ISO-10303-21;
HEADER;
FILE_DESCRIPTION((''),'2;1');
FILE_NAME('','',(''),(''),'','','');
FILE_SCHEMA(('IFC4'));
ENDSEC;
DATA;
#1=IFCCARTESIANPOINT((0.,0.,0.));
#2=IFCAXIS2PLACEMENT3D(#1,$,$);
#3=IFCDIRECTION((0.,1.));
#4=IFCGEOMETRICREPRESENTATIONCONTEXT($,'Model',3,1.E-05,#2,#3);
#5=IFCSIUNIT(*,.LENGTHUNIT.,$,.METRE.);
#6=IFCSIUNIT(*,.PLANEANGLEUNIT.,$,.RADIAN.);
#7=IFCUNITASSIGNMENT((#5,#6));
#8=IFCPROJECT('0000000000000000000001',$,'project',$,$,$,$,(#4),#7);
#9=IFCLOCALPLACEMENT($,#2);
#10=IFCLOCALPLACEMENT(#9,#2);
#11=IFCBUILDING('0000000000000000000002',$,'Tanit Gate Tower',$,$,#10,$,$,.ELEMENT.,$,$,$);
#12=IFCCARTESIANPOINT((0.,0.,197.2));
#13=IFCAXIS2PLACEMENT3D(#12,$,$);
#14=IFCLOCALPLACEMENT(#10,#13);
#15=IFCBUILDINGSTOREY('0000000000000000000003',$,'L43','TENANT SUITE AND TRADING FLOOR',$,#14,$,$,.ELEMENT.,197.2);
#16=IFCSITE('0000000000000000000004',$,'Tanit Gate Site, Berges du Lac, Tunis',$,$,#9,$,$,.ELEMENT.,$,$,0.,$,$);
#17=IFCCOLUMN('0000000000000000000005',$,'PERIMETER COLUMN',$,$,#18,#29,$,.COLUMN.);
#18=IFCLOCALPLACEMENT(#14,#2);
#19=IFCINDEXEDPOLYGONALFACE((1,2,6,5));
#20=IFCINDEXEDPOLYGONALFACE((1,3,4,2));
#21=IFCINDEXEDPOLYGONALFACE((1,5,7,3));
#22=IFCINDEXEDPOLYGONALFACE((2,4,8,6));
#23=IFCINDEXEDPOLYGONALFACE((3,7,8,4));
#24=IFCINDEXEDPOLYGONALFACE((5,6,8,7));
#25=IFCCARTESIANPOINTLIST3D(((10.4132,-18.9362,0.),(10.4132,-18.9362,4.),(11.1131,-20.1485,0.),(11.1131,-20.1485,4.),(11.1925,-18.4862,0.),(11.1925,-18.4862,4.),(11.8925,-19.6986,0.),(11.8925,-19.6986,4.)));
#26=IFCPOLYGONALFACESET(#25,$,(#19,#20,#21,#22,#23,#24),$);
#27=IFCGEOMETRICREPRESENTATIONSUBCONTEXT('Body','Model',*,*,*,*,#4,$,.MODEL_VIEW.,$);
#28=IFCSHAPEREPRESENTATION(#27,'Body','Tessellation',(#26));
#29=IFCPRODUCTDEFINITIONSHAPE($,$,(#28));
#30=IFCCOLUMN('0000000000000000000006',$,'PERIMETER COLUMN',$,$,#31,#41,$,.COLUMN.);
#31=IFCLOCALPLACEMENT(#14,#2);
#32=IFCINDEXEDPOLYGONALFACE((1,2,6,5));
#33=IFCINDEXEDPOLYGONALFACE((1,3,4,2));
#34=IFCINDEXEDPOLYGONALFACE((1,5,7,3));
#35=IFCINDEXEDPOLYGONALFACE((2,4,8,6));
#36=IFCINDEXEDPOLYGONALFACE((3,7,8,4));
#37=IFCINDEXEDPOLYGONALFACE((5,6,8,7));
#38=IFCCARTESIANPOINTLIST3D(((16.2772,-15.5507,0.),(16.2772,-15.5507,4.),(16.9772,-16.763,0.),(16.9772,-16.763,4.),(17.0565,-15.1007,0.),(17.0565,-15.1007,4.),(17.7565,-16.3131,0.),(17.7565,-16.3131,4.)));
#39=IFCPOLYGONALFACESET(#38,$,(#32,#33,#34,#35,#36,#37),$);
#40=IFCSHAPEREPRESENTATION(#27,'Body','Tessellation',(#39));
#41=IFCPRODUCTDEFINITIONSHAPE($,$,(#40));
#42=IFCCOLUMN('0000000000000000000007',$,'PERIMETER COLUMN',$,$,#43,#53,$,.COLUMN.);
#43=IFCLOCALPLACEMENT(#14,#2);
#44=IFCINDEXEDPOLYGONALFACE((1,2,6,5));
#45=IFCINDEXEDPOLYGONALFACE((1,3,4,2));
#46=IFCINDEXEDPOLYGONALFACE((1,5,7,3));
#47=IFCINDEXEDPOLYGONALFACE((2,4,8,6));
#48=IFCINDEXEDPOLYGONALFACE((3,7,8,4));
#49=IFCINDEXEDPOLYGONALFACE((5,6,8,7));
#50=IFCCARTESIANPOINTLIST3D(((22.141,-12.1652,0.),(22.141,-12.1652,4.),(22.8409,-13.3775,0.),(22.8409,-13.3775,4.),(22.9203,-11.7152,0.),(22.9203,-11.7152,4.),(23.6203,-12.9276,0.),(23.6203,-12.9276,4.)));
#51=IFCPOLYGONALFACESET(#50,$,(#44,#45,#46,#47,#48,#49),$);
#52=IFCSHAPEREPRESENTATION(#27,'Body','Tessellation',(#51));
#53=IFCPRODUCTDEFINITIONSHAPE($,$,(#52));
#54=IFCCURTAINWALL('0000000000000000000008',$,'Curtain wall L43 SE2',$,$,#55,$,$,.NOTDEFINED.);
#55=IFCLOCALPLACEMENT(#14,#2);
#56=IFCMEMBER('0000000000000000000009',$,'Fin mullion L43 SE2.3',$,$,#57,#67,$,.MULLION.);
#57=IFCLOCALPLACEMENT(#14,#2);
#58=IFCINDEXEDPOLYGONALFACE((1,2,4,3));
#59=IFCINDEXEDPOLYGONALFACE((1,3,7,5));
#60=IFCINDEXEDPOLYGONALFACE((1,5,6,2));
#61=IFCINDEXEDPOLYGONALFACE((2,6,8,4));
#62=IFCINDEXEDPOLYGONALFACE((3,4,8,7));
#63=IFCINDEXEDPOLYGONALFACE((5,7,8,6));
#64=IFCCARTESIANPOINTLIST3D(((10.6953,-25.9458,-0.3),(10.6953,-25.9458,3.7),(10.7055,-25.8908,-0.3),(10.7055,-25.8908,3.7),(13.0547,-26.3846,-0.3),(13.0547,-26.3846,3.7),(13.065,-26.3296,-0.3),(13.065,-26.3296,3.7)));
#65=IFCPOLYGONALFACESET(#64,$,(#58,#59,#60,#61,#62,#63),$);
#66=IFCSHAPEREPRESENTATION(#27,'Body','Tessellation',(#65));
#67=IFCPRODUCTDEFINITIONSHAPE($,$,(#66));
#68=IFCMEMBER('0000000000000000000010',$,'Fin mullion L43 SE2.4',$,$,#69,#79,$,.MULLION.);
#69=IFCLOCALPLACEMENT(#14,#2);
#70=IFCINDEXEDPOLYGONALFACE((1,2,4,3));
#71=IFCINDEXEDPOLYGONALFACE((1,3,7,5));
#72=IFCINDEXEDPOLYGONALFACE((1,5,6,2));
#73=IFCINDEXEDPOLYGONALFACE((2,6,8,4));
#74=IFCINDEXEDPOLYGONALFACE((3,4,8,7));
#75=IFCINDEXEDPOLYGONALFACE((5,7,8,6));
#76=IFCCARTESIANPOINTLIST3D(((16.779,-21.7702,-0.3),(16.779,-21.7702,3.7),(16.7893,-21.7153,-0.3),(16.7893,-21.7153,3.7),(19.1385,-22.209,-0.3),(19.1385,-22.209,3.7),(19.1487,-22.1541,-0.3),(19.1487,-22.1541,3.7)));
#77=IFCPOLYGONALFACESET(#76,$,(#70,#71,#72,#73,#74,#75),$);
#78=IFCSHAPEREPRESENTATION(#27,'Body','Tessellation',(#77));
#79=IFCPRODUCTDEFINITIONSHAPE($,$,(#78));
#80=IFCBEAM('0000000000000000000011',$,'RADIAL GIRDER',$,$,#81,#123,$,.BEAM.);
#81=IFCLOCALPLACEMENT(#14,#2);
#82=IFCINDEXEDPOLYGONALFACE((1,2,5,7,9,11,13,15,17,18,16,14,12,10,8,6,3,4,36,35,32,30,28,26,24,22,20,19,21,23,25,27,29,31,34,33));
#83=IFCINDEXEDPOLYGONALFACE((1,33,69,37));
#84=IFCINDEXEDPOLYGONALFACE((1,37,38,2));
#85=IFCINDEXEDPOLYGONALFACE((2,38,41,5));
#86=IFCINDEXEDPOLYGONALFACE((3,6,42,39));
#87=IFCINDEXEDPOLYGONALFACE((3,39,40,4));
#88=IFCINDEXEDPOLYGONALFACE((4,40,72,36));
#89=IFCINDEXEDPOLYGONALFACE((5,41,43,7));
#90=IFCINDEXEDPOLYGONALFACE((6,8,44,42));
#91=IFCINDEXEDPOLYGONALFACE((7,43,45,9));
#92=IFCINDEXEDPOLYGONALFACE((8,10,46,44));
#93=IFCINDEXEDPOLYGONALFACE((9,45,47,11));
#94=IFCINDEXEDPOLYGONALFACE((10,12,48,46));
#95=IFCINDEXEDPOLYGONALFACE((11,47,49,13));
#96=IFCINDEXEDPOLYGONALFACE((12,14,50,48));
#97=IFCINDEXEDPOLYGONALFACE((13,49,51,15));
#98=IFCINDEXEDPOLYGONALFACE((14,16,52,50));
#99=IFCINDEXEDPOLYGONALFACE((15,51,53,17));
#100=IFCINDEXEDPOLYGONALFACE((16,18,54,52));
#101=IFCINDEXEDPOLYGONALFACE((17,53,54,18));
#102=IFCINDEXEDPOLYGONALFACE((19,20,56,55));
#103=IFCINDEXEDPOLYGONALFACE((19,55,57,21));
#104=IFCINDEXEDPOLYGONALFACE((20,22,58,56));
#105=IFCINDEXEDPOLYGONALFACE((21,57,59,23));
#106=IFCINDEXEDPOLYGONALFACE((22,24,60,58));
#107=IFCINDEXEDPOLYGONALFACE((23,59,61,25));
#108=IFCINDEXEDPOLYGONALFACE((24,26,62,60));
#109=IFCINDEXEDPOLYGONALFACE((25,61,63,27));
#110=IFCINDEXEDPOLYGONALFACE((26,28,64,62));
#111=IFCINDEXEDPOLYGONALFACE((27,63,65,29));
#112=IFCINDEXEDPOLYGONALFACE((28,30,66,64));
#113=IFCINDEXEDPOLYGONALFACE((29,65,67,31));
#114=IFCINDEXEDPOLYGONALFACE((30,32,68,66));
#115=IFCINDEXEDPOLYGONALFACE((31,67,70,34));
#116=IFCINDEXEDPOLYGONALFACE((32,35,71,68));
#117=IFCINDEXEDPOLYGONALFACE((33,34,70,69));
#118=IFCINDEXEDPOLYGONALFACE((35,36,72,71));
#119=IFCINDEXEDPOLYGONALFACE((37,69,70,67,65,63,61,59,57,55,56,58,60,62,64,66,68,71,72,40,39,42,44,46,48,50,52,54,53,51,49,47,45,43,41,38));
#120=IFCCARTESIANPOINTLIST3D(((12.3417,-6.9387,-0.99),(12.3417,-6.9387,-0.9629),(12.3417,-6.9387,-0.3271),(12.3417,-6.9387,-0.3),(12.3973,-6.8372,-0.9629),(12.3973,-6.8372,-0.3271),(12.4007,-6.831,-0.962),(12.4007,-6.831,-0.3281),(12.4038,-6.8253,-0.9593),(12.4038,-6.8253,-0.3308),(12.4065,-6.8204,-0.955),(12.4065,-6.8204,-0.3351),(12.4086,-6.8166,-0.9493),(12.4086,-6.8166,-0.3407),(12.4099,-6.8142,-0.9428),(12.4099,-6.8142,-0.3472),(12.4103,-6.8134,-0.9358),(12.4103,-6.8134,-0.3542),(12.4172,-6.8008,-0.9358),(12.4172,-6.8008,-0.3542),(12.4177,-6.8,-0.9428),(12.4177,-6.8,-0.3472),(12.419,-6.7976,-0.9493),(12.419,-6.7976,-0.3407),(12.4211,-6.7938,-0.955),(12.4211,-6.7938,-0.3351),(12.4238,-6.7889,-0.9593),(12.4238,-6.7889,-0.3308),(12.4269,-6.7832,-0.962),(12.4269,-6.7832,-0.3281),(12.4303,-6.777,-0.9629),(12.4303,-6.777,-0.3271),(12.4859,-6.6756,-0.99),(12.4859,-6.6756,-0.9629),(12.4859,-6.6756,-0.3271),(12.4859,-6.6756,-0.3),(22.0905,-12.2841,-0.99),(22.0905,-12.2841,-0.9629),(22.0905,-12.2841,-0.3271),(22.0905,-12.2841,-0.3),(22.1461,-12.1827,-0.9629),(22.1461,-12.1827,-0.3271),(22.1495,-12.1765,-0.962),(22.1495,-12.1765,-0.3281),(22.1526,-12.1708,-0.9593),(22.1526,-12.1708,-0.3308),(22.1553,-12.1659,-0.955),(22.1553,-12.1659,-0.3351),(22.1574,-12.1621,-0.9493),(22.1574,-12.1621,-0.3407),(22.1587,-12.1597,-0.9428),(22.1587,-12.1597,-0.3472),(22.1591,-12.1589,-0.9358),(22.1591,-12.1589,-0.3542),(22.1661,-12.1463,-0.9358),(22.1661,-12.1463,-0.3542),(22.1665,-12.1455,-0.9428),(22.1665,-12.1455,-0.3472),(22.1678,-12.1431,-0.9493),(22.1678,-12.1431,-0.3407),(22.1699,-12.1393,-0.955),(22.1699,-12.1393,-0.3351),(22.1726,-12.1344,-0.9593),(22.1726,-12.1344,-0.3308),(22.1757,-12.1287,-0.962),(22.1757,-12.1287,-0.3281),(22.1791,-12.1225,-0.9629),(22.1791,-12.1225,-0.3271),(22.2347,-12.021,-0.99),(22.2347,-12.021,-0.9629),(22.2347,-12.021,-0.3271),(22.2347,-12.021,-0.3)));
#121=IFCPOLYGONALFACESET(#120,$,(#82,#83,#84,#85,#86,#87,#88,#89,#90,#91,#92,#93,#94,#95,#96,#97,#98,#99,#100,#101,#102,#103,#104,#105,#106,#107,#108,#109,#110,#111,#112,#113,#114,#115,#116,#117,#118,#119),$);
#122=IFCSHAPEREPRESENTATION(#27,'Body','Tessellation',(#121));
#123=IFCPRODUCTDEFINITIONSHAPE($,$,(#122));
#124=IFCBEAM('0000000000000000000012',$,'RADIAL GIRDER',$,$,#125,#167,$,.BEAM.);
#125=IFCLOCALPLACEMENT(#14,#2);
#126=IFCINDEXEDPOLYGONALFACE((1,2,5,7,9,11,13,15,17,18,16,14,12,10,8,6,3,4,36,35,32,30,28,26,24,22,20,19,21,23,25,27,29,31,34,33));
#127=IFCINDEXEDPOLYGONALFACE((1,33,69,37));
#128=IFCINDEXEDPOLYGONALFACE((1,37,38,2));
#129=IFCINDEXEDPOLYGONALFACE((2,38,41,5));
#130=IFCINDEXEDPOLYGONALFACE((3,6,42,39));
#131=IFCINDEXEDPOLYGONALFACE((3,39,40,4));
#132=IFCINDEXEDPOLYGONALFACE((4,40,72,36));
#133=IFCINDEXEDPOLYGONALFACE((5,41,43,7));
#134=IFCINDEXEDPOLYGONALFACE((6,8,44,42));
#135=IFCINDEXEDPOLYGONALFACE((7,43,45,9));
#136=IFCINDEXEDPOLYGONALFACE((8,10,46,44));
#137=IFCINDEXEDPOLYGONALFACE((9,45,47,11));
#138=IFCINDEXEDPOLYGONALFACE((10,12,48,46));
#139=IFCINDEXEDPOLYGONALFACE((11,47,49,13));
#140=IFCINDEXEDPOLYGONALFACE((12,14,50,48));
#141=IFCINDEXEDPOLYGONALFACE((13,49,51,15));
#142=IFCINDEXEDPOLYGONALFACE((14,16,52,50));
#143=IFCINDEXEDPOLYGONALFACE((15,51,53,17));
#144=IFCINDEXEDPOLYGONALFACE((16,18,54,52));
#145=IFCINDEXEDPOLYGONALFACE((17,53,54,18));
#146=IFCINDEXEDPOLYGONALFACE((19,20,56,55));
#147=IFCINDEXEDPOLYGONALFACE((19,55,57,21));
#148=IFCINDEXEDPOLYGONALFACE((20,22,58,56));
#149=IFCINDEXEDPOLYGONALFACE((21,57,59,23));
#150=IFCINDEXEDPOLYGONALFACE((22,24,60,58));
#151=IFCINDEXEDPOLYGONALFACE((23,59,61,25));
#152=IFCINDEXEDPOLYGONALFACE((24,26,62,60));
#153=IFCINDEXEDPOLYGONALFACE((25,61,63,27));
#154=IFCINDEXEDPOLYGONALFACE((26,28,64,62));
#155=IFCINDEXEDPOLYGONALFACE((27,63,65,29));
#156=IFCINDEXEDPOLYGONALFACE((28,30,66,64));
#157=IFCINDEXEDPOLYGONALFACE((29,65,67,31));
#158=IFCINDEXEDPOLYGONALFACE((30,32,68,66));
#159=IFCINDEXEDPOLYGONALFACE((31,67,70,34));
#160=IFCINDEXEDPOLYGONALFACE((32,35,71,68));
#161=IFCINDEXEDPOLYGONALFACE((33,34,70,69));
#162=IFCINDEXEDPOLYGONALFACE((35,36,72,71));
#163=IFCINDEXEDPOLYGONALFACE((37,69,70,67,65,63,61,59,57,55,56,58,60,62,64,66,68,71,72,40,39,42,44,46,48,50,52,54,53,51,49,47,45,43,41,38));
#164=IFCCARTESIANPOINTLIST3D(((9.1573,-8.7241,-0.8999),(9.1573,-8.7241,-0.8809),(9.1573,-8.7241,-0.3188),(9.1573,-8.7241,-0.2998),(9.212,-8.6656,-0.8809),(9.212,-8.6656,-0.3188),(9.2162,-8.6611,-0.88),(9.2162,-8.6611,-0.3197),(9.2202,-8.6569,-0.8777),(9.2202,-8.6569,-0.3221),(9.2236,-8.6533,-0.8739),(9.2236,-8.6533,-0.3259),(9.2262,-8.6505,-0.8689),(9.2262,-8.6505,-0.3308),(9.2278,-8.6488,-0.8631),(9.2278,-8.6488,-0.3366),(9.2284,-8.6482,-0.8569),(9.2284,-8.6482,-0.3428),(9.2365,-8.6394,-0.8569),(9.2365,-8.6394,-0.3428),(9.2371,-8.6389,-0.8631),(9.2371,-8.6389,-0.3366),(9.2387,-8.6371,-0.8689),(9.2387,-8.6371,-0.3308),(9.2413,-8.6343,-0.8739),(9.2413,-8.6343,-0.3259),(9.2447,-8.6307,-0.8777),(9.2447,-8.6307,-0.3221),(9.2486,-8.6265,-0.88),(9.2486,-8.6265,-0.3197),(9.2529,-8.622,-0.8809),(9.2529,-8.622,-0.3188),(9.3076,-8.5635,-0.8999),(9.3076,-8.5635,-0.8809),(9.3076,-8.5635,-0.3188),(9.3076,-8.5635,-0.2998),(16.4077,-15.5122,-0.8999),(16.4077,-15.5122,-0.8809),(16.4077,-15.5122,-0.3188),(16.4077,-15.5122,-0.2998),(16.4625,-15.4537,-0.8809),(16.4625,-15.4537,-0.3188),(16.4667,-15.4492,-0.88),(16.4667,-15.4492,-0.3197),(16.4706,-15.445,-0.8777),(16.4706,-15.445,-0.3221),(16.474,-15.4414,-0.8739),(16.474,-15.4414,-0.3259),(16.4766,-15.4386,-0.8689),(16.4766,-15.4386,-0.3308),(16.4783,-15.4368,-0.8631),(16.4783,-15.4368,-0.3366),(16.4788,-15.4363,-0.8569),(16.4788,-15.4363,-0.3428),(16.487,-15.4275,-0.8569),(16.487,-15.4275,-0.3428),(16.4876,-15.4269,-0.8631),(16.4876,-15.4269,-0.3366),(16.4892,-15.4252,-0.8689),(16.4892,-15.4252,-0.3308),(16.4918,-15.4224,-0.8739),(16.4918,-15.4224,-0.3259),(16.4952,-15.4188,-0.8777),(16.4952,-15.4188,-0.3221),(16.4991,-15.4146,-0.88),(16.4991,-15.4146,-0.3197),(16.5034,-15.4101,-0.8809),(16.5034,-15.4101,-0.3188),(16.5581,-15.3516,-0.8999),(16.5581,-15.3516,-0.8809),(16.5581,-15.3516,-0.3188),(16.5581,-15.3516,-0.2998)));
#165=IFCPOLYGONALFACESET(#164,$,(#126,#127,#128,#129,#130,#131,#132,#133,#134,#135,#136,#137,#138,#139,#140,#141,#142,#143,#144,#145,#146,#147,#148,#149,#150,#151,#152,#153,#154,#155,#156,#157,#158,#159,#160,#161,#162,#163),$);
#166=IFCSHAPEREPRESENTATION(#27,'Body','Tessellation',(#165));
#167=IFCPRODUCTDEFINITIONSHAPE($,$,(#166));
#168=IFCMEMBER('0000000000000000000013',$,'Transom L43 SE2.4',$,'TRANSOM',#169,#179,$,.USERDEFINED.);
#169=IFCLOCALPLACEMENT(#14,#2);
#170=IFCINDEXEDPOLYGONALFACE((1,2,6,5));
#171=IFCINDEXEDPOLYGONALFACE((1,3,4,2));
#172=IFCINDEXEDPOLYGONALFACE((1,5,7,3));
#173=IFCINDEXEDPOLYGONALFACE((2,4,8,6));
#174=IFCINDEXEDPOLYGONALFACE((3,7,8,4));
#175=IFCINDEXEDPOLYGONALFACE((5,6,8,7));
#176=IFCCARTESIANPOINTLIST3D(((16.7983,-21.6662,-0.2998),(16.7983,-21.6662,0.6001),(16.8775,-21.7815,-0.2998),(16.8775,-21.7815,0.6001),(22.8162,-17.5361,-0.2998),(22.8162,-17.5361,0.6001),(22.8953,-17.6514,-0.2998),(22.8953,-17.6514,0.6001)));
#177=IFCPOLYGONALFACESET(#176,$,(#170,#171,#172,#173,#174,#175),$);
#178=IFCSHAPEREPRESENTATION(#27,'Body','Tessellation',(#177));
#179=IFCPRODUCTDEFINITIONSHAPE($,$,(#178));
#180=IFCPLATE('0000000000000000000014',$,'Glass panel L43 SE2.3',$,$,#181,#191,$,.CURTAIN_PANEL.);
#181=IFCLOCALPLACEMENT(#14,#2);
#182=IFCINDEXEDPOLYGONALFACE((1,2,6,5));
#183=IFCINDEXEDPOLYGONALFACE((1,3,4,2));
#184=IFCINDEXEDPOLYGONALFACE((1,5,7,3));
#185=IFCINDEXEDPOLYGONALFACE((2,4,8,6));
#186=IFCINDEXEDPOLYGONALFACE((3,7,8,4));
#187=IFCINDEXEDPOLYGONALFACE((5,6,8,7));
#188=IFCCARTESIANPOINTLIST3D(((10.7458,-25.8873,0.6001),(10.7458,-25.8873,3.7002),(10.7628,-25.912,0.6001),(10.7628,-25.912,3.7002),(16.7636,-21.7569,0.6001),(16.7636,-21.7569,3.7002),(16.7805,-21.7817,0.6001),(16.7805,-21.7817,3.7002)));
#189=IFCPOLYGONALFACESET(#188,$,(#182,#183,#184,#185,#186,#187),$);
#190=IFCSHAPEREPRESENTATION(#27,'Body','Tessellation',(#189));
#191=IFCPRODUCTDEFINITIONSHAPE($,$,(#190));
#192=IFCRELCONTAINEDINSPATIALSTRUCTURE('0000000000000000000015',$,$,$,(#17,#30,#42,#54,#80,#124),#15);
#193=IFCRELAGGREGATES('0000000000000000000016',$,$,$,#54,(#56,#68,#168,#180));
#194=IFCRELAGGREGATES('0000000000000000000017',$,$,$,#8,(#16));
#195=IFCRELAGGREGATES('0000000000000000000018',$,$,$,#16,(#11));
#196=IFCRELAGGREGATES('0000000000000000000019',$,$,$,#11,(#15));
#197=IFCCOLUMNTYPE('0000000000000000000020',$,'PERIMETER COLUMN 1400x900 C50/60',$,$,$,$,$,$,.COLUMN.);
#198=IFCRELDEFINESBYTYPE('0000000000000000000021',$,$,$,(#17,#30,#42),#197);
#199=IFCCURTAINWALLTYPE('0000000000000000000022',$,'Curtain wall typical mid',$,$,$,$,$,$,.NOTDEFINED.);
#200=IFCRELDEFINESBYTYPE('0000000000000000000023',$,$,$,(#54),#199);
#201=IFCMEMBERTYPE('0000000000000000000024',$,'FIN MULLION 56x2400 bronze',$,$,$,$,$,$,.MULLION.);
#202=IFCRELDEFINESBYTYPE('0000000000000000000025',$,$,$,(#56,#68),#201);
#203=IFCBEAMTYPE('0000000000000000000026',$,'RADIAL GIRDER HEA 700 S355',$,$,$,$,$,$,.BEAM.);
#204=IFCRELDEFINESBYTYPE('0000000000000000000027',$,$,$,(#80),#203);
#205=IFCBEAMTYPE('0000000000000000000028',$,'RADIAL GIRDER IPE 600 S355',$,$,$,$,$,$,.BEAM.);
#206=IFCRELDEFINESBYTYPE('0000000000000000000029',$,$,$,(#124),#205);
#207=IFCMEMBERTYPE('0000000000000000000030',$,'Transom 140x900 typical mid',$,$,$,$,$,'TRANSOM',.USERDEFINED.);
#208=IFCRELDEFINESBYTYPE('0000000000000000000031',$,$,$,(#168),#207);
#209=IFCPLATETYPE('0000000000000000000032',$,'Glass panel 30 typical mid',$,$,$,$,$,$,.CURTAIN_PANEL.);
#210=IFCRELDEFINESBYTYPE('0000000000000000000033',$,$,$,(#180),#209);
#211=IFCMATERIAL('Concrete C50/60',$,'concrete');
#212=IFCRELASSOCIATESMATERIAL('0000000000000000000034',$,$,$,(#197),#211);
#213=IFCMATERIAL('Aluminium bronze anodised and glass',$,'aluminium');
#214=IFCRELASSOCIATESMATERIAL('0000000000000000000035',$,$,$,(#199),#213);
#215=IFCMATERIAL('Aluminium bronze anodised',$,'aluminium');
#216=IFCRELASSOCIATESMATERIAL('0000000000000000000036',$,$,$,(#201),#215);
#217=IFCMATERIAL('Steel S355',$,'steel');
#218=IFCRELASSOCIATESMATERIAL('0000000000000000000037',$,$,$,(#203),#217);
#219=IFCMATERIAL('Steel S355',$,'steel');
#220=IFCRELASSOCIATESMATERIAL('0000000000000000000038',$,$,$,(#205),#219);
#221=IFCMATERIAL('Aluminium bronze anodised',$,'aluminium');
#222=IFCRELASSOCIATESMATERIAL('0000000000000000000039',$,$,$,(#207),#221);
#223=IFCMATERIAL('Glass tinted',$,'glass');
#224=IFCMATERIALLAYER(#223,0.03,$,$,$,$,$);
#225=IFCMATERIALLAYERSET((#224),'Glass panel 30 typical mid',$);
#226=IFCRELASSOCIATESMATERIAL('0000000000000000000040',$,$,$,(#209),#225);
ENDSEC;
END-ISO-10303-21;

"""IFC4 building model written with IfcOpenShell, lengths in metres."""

from ifc_helpers import new_model, si_unit, direction, frame, origin, origin_2d, place, context, subcontext, project, spatial, rectangle, i_section, extrude, material, layer, layer_set, material_profile, profile_set, type_object, element, aggregate, save


model = new_model("IFC4")

# Units and contexts
model_context = context("Model", 3, precision=1e-05, world=origin(), true_north=direction((0.0, 1.0)))
body_context = subcontext(model_context, "Body", "Model", "MODEL_VIEW")
ifc_project = project(units=[si_unit("LENGTHUNIT", "METRE"), si_unit("PLANEANGLEUNIT", "RADIAN")], contexts=[model_context])

# Site, building, storey
site_placement = place(None, origin())
site = spatial("IfcSite", under=ifc_project, at=site_placement, Name="Tanit Gate Site, Berges du Lac, Tunis", CompositionType="ELEMENT", RefElevation=0.0)
building_placement = place(site_placement, origin())
building = spatial("IfcBuilding", under=site, at=building_placement, Name="Tanit Gate Tower", CompositionType="ELEMENT")
storey_placement = place(building_placement, frame((0.0, 0.0, 197.2)))
storey = spatial("IfcBuildingStorey", under=building, at=storey_placement, Name="L43", Description="TENANT SUITE AND TRADING FLOOR", CompositionType="ELEMENT", Elevation=197.2)

# Columns
ifc_material_1 = material(Name="Concrete C50/60", Category="concrete")
ifc_material_profile_1 = material_profile(ifc_material_1, rectangle(XDim=1.3999, YDim=0.8999, at=origin_2d()), Name="RC 1400x900")
ifc_profile_set_1 = profile_set([ifc_material_profile_1], Name="Concrete C50/60")
column_type = type_object("IfcColumnType", Name="PERIMETER COLUMN 1400x900 C50/60", PredefinedType="COLUMN", material=ifc_profile_set_1)
for number, where, z_axis, x_axis, name in (
    (1, (11.1528, -19.3174, 0.0), (0.0, 0.0, 1.0), (0.5, -0.866025, 0.0), "PERIMETER COLUMN"),
    (2, (17.0168, -15.9319, 0.0), (0.0, 0.0, 1.0), (0.5, -0.866025, 0.0), "PERIMETER COLUMN"),
    (3, (22.8806, -12.5464, 0.0), (0.0, 0.0, 1.0), (0.5, -0.866025, 0.0), "PERIMETER COLUMN"),
):
    element("IfcColumn", number, at=place(storey_placement, frame(where, z_axis=z_axis, x_axis=x_axis)), inside=storey, type_object=column_type, Name=name, PredefinedType="COLUMN", context=body_context, shape_type="SweptSolid", body=[
        extrude(rectangle(XDim=1.3999, YDim=0.8999, at=origin_2d()), origin(), (0.0, 0.0, 1.0), 4.0),
    ])

# Curtain wall, members
ifc_material_2 = material(Name="Aluminium bronze anodised and glass", Category="aluminium")
curtain_wall_type = type_object("IfcCurtainWallType", Name="Curtain wall typical mid", PredefinedType="NOTDEFINED", material=ifc_material_2)
curtain_wall_placement = place(storey_placement, origin())
curtain_wall = element("IfcCurtainWall", 4, at=curtain_wall_placement, inside=storey, type_object=curtain_wall_type, Name="Curtain wall L43 SE2", PredefinedType="NOTDEFINED")
ifc_material_3 = material(Name="Aluminium bronze anodised", Category="aluminium")
ifc_material_profile_2 = material_profile(ifc_material_3, rectangle(XDim=2.3999, YDim=0.0559, at=origin_2d()), Name="56x2400 bronze fin mullion")
ifc_profile_set_2 = profile_set([ifc_material_profile_2], Name="Aluminium bronze anodised")
member_type_1 = type_object("IfcMemberType", Name="FIN MULLION 56x2400 bronze", PredefinedType="MULLION", material=ifc_profile_set_2)
member_1_placement = place(storey_placement, frame((11.8801, -26.1377, -0.3), z_axis=(0.0, 0.0, 1.0), x_axis=(-0.983141, 0.182847, 0.0)))
member_1 = element("IfcMember", 5, at=member_1_placement, type_object=member_type_1, Name="Fin mullion L43 SE2.3", PredefinedType="MULLION", context=body_context, shape_type="SweptSolid", body=[
    extrude(rectangle(XDim=2.3999, YDim=0.0559, at=origin_2d()), origin(), (0.0, 0.0, 1.0), 4.0),
])
member_2_placement = place(storey_placement, frame((17.9639, -21.9622, -0.3), z_axis=(0.0, 0.0, 1.0), x_axis=(-0.983141, 0.182847, 0.0)))
member_2 = element("IfcMember", 6, at=member_2_placement, type_object=member_type_1, Name="Fin mullion L43 SE2.4", PredefinedType="MULLION", context=body_context, shape_type="SweptSolid", body=[
    extrude(rectangle(XDim=2.3999, YDim=0.0559, at=origin_2d()), origin(), (0.0, 0.0, 1.0), 4.0),
])

# Beams
ifc_material_4 = material(Name="Steel S355", Category="steel")
ifc_material_profile_3 = material_profile(ifc_material_4, i_section(OverallWidth=0.3, OverallDepth=0.6899, WebThickness=0.0144, FlangeThickness=0.0271, FilletRadius=0.0271, at=origin_2d()), Name="HEA 700")
ifc_profile_set_3 = profile_set([ifc_material_profile_3], Name="Steel S355")
beam_type_1 = type_object("IfcBeamType", Name="RADIAL GIRDER HEA 700 S355", PredefinedType="BEAM", material=ifc_profile_set_3)
beam_1_placement = place(storey_placement, frame((22.1626, -12.1526, -0.645), z_axis=(-0.876837, 0.480788, 0.0), x_axis=(-0.480788, -0.876837, 0.0)))
element("IfcBeam", 7, at=beam_1_placement, inside=storey, type_object=beam_type_1, Name="RADIAL GIRDER", PredefinedType="BEAM", context=body_context, shape_type="SweptSolid", body=[
    extrude(i_section(OverallWidth=0.3, OverallDepth=0.6899, WebThickness=0.0144, FlangeThickness=0.0271, FilletRadius=0.0271, at=origin_2d()), origin(), (0.0, 0.0, 1.0), 11.1182),
])
ifc_material_5 = material(Name="Steel S355", Category="steel")
ifc_material_profile_4 = material_profile(ifc_material_5, i_section(OverallWidth=0.22, OverallDepth=0.6001, WebThickness=0.012, FlangeThickness=0.019, FilletRadius=0.0239, at=origin_2d()), Name="IPE 600")
ifc_profile_set_4 = profile_set([ifc_material_profile_4], Name="Steel S355")
beam_type_2 = type_object("IfcBeamType", Name="RADIAL GIRDER IPE 600 S355", PredefinedType="BEAM", material=ifc_profile_set_4)
beam_2_placement = place(storey_placement, frame((16.4829, -15.4319, -0.5999), z_axis=(-0.730002, 0.683445, 0.0), x_axis=(-0.683445, -0.730002, 0.0)))
element("IfcBeam", 8, at=beam_2_placement, inside=storey, type_object=beam_type_2, Name="RADIAL GIRDER", PredefinedType="BEAM", context=body_context, shape_type="SweptSolid", body=[
    extrude(i_section(OverallWidth=0.22, OverallDepth=0.6001, WebThickness=0.012, FlangeThickness=0.019, FilletRadius=0.0239, at=origin_2d()), origin(), (0.0, 0.0, 1.0), 9.9321),
])

# Member
ifc_material_6 = material(Name="Aluminium bronze anodised", Category="aluminium")
ifc_material_profile_5 = material_profile(ifc_material_6, rectangle(XDim=0.1399, YDim=0.8999, at=origin_2d()), Name="140x900 bronze transom")
ifc_profile_set_5 = profile_set([ifc_material_profile_5], Name="Aluminium bronze anodised")
member_type_2 = type_object("IfcMemberType", Name="Transom 140x900 typical mid", ElementType="TRANSOM", PredefinedType="USERDEFINED", material=ifc_profile_set_5)
member_3_placement = place(storey_placement, frame((16.8379, -21.7239, 0.1501), z_axis=(0.824497, 0.565866, 0.0), x_axis=(-0.565866, 0.824497, 0.0)))
member_3 = element("IfcMember", 9, at=member_3_placement, type_object=member_type_2, Name="Transom L43 SE2.4", ObjectType="TRANSOM", PredefinedType="USERDEFINED", context=body_context, shape_type="SweptSolid", body=[
    extrude(rectangle(XDim=0.1399, YDim=0.8999, at=origin_2d()), origin(), (0.0, 0.0, 1.0), 7.2988),
])

# Plate
ifc_material_7 = material(Name="Glass tinted", Category="glass")
ifc_layer_1 = layer(ifc_material_7, 0.03)
ifc_layer_set_1 = layer_set([ifc_layer_1], Name="Glass panel 30 typical mid")
plate_type = type_object("IfcPlateType", Name="Glass panel 30 typical mid", PredefinedType="CURTAIN_PANEL", material=ifc_layer_set_1)
plate_1_placement = place(storey_placement, frame((13.7632, -23.8345, 0.6001), z_axis=(0.0, 0.0, 1.0), x_axis=(0.824479, 0.565893, 0.0)))
plate_1 = element("IfcPlate", 10, at=plate_1_placement, type_object=plate_type, Name="Glass panel L43 SE2.3", PredefinedType="CURTAIN_PANEL", context=body_context, shape_type="SweptSolid", body=[
    extrude(rectangle(XDim=7.2988, YDim=0.03, at=origin_2d()), origin(), (0.0, 0.0, 1.0), 3.1001),
])
aggregate(curtain_wall, [member_1, member_2, member_3, plate_1])

save(model, "model.ifc")
